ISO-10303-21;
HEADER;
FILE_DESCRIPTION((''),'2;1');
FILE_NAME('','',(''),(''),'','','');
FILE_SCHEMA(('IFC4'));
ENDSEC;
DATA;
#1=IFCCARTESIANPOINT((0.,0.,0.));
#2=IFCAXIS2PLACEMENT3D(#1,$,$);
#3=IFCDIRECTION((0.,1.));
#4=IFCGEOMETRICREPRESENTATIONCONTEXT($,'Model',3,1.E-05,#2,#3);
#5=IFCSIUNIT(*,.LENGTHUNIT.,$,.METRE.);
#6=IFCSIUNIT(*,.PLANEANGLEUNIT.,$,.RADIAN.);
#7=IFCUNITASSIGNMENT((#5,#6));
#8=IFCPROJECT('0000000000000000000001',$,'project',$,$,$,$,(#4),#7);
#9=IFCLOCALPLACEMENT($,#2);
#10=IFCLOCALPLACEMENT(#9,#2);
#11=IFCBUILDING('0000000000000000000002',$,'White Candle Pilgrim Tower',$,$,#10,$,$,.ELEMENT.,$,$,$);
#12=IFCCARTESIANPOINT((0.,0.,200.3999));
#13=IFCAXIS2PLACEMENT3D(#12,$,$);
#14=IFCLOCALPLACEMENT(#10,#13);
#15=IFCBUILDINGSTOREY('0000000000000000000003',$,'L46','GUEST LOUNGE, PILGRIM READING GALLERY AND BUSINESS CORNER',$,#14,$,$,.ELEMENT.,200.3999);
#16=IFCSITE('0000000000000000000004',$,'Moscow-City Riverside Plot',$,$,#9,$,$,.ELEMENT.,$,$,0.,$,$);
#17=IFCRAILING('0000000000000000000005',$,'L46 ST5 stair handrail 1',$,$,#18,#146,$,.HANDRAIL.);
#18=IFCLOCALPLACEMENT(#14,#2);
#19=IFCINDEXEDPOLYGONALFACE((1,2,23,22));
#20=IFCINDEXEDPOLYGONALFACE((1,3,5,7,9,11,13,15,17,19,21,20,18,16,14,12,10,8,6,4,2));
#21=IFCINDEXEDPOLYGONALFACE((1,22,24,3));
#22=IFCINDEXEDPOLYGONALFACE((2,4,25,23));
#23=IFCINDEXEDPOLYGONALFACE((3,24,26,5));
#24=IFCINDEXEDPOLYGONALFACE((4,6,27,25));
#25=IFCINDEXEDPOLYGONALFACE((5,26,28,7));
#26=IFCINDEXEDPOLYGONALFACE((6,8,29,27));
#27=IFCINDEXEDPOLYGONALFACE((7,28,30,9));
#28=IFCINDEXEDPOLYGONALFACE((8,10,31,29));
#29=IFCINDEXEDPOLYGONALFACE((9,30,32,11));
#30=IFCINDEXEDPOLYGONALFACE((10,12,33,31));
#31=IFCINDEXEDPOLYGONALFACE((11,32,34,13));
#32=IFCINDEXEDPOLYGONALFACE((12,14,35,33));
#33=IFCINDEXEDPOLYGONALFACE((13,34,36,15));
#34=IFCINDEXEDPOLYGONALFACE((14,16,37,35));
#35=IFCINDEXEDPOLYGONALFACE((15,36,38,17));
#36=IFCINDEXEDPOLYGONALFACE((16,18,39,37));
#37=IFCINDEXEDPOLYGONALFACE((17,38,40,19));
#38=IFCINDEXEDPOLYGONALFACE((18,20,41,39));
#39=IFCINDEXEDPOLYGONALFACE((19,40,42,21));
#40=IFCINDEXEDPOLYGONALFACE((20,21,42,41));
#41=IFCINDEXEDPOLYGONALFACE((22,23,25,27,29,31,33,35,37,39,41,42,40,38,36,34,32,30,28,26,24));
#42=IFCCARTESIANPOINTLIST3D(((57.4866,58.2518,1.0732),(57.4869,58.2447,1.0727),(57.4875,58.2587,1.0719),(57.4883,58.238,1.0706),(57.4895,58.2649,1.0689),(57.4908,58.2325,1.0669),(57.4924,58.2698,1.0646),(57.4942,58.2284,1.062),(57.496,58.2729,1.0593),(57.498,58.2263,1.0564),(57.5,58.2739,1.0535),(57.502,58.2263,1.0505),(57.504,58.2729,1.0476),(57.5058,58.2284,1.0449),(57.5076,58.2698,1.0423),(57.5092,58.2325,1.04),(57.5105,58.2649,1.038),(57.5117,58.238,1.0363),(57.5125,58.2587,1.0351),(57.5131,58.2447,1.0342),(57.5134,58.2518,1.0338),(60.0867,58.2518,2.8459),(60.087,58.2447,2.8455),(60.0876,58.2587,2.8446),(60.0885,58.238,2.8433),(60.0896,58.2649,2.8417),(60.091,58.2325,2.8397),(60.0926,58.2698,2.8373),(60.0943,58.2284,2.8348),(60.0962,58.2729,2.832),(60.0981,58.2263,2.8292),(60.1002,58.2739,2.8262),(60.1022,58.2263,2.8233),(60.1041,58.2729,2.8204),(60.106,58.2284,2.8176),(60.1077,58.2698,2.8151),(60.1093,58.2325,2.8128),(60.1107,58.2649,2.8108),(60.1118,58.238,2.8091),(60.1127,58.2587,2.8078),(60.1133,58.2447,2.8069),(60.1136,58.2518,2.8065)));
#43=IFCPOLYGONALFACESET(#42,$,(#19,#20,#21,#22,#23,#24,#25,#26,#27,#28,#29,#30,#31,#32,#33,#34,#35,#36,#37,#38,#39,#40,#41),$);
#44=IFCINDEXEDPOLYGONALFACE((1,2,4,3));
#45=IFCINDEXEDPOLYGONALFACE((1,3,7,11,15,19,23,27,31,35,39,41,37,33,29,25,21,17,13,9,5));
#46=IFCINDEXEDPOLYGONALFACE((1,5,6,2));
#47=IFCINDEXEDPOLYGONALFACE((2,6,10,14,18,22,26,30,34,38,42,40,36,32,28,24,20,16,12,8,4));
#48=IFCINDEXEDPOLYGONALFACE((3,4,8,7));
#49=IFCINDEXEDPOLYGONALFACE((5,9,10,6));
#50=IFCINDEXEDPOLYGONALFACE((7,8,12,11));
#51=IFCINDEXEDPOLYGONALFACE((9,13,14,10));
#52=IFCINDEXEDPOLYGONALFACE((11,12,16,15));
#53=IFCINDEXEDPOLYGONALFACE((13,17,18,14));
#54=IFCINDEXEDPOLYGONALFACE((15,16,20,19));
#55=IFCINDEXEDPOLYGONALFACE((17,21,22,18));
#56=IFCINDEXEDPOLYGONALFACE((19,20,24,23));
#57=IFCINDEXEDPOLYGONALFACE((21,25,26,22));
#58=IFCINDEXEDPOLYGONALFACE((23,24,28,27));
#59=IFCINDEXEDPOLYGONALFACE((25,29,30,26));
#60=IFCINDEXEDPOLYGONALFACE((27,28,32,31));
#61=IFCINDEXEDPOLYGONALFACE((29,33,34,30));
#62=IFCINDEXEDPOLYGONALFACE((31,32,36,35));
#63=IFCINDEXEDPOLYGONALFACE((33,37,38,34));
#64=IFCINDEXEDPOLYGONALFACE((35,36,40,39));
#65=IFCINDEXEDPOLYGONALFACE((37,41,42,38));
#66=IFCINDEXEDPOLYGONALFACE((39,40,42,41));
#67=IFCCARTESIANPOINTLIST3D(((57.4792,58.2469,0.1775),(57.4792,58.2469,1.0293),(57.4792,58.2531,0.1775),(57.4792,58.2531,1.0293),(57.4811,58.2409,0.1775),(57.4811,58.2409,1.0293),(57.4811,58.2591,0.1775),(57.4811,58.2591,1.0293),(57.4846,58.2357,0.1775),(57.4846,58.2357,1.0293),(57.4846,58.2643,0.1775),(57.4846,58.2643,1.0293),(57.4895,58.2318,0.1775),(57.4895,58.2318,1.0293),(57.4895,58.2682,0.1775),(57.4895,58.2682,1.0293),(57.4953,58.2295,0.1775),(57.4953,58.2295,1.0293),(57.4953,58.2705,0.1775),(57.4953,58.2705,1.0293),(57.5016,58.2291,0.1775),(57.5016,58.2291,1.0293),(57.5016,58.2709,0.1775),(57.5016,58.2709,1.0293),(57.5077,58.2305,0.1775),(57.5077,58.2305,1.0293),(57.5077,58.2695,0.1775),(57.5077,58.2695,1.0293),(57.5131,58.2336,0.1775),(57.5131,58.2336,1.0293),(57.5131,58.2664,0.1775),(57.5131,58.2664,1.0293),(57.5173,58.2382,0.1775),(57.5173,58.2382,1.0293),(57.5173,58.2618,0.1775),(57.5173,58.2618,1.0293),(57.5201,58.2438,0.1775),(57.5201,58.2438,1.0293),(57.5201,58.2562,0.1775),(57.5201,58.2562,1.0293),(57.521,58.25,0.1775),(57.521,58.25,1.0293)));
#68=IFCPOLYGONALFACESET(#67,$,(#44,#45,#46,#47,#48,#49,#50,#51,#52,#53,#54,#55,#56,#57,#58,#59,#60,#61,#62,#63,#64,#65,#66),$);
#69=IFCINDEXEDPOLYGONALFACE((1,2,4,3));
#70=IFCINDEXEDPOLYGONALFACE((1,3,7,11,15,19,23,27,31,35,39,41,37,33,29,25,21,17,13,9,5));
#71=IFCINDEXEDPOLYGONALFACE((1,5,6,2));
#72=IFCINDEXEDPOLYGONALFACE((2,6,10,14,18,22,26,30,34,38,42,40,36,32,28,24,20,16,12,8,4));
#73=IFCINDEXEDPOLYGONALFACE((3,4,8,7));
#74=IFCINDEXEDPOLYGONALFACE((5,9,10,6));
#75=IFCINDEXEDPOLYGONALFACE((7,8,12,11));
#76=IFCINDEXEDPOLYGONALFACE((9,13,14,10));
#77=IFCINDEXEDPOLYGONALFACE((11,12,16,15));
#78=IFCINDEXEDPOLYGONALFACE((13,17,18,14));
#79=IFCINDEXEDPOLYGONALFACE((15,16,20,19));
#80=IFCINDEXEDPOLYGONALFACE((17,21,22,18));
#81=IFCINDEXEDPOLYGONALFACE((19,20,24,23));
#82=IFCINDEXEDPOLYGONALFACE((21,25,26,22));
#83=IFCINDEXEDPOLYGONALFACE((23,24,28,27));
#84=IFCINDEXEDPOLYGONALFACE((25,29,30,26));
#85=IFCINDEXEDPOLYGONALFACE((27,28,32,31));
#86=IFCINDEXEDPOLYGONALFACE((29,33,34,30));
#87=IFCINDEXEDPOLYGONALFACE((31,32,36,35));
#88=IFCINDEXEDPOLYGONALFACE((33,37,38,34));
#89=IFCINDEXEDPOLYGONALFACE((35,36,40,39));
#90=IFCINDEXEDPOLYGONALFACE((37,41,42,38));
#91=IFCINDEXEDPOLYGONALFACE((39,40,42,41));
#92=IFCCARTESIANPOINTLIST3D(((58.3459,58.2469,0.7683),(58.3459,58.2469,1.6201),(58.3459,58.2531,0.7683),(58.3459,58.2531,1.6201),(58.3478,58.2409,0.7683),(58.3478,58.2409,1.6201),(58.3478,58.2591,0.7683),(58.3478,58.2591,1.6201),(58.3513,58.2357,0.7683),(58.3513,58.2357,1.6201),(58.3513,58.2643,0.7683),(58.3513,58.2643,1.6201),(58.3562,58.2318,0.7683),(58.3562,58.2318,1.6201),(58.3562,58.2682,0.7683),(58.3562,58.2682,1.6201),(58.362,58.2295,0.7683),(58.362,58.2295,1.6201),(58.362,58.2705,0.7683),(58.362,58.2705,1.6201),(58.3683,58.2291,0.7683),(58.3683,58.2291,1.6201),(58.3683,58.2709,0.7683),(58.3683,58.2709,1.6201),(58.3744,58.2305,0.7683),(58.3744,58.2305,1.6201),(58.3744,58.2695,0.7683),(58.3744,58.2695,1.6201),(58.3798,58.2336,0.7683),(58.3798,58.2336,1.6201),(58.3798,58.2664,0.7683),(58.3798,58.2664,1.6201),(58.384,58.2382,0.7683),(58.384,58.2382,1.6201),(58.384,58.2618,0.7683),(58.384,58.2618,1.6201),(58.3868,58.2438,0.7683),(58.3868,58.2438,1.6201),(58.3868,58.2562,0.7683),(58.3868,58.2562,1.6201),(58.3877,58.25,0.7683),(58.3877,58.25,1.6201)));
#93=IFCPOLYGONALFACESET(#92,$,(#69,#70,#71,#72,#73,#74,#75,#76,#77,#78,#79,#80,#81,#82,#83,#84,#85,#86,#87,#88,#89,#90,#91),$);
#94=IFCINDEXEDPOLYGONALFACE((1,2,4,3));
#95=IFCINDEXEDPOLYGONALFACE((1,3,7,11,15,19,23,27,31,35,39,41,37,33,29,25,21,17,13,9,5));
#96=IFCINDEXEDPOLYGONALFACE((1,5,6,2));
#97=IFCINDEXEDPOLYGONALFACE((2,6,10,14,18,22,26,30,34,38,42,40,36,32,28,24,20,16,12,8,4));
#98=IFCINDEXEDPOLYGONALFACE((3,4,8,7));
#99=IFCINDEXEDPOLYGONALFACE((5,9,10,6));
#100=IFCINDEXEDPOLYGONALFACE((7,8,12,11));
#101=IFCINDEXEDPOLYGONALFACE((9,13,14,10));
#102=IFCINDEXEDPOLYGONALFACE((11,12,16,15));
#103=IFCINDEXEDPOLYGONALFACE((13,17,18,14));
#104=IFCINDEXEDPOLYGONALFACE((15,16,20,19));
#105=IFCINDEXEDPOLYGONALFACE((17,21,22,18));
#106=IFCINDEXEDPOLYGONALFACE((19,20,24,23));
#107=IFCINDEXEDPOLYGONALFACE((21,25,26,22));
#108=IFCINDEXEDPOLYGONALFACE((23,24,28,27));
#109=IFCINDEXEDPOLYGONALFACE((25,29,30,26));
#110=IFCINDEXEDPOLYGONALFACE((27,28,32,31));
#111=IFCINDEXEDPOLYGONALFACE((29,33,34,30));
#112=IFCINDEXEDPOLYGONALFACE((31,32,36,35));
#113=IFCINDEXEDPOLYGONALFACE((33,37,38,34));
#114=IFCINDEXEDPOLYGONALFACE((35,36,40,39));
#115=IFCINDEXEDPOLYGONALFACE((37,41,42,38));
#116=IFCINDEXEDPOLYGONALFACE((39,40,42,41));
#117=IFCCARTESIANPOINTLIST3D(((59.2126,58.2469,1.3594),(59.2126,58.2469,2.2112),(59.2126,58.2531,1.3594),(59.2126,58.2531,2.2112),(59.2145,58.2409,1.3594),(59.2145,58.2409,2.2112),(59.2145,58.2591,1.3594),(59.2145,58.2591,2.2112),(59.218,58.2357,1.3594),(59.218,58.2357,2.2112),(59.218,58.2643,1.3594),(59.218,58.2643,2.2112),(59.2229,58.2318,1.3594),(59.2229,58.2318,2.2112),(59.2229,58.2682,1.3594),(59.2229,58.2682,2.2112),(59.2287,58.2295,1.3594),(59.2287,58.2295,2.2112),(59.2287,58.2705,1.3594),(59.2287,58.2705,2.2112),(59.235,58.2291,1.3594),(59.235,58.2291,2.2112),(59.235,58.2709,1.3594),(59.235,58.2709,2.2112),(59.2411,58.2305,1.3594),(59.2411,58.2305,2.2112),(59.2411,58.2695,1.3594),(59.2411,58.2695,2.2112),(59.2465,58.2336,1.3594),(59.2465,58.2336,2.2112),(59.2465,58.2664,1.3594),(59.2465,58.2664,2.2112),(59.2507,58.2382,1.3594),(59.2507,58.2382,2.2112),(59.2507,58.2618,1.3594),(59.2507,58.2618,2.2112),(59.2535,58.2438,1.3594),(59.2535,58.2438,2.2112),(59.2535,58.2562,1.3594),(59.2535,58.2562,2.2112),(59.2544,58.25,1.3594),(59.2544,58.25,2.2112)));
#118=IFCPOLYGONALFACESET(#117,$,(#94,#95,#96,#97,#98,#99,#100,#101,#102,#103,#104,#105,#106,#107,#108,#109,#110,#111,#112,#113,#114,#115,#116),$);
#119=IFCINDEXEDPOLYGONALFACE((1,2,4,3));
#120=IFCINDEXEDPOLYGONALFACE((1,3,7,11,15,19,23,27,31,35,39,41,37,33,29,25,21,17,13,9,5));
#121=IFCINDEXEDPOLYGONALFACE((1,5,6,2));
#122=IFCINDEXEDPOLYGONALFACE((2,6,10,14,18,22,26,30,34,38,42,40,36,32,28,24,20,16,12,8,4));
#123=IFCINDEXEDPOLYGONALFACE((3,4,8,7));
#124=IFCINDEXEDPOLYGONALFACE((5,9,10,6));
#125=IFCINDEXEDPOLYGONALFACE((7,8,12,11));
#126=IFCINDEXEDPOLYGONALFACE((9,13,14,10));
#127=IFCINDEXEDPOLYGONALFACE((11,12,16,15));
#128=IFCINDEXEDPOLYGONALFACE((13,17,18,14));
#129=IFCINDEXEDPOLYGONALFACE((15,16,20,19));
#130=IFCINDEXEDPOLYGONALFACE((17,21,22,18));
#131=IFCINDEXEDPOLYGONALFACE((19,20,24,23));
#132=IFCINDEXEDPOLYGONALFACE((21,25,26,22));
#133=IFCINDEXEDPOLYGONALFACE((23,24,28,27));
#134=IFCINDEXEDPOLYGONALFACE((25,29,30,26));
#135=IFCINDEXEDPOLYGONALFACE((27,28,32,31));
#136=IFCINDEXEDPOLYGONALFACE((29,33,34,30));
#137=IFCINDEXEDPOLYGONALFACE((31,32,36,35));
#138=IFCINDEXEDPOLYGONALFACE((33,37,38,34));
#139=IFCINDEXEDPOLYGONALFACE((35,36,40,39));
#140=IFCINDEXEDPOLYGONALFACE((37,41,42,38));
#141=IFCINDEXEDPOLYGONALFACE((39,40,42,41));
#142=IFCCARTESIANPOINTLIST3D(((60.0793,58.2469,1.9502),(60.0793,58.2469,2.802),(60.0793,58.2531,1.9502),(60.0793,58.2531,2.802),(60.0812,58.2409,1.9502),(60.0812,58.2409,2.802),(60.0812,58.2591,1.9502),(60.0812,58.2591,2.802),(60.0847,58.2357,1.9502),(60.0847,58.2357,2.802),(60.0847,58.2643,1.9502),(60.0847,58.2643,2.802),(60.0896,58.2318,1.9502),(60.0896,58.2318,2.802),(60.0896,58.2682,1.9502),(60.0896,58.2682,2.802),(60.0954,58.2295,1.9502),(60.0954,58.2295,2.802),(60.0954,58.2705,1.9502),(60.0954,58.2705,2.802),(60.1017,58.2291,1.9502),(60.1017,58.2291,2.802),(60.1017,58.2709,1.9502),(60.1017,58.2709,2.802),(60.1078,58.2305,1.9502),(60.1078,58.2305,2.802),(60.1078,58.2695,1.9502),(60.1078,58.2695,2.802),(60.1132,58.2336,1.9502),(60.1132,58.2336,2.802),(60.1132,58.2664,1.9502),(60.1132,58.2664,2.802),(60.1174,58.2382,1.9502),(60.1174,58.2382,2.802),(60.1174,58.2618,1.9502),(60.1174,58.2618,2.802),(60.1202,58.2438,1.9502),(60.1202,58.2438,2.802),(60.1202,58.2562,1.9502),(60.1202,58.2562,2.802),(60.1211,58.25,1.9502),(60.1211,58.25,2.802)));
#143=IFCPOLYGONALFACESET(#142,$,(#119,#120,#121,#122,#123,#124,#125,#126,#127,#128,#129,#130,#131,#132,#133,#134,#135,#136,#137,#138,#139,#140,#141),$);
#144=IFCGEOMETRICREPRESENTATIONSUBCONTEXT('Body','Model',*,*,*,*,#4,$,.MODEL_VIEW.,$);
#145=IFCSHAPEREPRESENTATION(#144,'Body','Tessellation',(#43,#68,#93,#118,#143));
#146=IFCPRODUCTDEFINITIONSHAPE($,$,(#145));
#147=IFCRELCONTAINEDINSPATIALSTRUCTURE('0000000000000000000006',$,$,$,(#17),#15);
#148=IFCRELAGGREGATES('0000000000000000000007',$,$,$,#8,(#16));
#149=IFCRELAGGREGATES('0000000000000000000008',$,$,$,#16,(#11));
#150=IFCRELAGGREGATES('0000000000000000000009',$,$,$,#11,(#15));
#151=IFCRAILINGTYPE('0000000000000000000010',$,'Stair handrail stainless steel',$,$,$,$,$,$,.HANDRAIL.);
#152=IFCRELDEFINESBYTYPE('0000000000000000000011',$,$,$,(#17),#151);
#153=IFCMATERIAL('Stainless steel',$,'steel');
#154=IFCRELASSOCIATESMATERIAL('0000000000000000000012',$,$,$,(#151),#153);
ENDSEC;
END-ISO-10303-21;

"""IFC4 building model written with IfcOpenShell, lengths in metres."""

from ifc_helpers import new_model, si_unit, direction, frame, origin, origin_2d, place, context, subcontext, project, spatial, circle, extrude, material, type_object, element, save


model = new_model("IFC4")

# Units and contexts
model_context = context("Model", 3, precision=1e-05, world=origin(), true_north=direction((0.0, 1.0)))
body_context = subcontext(model_context, "Body", "Model", "MODEL_VIEW")
ifc_project = project(units=[si_unit("LENGTHUNIT", "METRE"), si_unit("PLANEANGLEUNIT", "RADIAN")], contexts=[model_context])

# Site, building, storey
site_placement = place(None, origin())
site = spatial("IfcSite", under=ifc_project, at=site_placement, Name="Moscow-City Riverside Plot", CompositionType="ELEMENT", RefElevation=0.0)
building_placement = place(site_placement, origin())
building = spatial("IfcBuilding", under=site, at=building_placement, Name="White Candle Pilgrim Tower", CompositionType="ELEMENT")
storey_placement = place(building_placement, frame((0.0, 0.0, 200.3999)))
storey = spatial("IfcBuildingStorey", under=building, at=storey_placement, Name="L46", Description="GUEST LOUNGE, PILGRIM READING GALLERY AND BUSINESS CORNER", CompositionType="ELEMENT", Elevation=200.3999)

# Railing
ifc_material_1 = material(Name="Stainless steel", Category="steel")
railing_type_1 = type_object("IfcRailingType", Name="Stair handrail stainless steel", PredefinedType="HANDRAIL", material=ifc_material_1)
railing_1_placement = place(storey_placement, frame((57.5, 58.25, 0.1775)))
element("IfcRailing", 1, at=railing_1_placement, inside=storey, type_object=railing_type_1, Name="L46 ST5 stair handrail 1", PredefinedType="HANDRAIL", context=body_context, shape_type="SweptSolid", body=[
    extrude(circle(Radius=0.0239, at=origin_2d()), frame((0.0, 0.0, 0.876), z_axis=(0.82624, 0.0, 0.563318), x_axis=(0.0, 1.0, 0.0)), (0.0, 0.0, 1.0), 3.147),
    extrude(circle(Radius=0.021, at=origin_2d()), origin(), (0.0, 0.0, 1.0), 0.8518),
    extrude(circle(Radius=0.021, at=origin_2d()), frame((0.8667, 0.0, 0.5908)), (0.0, 0.0, 1.0), 0.8518),
    extrude(circle(Radius=0.021, at=origin_2d()), frame((1.7334, 0.0, 1.1819)), (0.0, 0.0, 1.0), 0.8518),
    extrude(circle(Radius=0.021, at=origin_2d()), frame((2.6001, 0.0, 1.7727)), (0.0, 0.0, 1.0), 0.8518),
])

save(model, "model.ifc")
